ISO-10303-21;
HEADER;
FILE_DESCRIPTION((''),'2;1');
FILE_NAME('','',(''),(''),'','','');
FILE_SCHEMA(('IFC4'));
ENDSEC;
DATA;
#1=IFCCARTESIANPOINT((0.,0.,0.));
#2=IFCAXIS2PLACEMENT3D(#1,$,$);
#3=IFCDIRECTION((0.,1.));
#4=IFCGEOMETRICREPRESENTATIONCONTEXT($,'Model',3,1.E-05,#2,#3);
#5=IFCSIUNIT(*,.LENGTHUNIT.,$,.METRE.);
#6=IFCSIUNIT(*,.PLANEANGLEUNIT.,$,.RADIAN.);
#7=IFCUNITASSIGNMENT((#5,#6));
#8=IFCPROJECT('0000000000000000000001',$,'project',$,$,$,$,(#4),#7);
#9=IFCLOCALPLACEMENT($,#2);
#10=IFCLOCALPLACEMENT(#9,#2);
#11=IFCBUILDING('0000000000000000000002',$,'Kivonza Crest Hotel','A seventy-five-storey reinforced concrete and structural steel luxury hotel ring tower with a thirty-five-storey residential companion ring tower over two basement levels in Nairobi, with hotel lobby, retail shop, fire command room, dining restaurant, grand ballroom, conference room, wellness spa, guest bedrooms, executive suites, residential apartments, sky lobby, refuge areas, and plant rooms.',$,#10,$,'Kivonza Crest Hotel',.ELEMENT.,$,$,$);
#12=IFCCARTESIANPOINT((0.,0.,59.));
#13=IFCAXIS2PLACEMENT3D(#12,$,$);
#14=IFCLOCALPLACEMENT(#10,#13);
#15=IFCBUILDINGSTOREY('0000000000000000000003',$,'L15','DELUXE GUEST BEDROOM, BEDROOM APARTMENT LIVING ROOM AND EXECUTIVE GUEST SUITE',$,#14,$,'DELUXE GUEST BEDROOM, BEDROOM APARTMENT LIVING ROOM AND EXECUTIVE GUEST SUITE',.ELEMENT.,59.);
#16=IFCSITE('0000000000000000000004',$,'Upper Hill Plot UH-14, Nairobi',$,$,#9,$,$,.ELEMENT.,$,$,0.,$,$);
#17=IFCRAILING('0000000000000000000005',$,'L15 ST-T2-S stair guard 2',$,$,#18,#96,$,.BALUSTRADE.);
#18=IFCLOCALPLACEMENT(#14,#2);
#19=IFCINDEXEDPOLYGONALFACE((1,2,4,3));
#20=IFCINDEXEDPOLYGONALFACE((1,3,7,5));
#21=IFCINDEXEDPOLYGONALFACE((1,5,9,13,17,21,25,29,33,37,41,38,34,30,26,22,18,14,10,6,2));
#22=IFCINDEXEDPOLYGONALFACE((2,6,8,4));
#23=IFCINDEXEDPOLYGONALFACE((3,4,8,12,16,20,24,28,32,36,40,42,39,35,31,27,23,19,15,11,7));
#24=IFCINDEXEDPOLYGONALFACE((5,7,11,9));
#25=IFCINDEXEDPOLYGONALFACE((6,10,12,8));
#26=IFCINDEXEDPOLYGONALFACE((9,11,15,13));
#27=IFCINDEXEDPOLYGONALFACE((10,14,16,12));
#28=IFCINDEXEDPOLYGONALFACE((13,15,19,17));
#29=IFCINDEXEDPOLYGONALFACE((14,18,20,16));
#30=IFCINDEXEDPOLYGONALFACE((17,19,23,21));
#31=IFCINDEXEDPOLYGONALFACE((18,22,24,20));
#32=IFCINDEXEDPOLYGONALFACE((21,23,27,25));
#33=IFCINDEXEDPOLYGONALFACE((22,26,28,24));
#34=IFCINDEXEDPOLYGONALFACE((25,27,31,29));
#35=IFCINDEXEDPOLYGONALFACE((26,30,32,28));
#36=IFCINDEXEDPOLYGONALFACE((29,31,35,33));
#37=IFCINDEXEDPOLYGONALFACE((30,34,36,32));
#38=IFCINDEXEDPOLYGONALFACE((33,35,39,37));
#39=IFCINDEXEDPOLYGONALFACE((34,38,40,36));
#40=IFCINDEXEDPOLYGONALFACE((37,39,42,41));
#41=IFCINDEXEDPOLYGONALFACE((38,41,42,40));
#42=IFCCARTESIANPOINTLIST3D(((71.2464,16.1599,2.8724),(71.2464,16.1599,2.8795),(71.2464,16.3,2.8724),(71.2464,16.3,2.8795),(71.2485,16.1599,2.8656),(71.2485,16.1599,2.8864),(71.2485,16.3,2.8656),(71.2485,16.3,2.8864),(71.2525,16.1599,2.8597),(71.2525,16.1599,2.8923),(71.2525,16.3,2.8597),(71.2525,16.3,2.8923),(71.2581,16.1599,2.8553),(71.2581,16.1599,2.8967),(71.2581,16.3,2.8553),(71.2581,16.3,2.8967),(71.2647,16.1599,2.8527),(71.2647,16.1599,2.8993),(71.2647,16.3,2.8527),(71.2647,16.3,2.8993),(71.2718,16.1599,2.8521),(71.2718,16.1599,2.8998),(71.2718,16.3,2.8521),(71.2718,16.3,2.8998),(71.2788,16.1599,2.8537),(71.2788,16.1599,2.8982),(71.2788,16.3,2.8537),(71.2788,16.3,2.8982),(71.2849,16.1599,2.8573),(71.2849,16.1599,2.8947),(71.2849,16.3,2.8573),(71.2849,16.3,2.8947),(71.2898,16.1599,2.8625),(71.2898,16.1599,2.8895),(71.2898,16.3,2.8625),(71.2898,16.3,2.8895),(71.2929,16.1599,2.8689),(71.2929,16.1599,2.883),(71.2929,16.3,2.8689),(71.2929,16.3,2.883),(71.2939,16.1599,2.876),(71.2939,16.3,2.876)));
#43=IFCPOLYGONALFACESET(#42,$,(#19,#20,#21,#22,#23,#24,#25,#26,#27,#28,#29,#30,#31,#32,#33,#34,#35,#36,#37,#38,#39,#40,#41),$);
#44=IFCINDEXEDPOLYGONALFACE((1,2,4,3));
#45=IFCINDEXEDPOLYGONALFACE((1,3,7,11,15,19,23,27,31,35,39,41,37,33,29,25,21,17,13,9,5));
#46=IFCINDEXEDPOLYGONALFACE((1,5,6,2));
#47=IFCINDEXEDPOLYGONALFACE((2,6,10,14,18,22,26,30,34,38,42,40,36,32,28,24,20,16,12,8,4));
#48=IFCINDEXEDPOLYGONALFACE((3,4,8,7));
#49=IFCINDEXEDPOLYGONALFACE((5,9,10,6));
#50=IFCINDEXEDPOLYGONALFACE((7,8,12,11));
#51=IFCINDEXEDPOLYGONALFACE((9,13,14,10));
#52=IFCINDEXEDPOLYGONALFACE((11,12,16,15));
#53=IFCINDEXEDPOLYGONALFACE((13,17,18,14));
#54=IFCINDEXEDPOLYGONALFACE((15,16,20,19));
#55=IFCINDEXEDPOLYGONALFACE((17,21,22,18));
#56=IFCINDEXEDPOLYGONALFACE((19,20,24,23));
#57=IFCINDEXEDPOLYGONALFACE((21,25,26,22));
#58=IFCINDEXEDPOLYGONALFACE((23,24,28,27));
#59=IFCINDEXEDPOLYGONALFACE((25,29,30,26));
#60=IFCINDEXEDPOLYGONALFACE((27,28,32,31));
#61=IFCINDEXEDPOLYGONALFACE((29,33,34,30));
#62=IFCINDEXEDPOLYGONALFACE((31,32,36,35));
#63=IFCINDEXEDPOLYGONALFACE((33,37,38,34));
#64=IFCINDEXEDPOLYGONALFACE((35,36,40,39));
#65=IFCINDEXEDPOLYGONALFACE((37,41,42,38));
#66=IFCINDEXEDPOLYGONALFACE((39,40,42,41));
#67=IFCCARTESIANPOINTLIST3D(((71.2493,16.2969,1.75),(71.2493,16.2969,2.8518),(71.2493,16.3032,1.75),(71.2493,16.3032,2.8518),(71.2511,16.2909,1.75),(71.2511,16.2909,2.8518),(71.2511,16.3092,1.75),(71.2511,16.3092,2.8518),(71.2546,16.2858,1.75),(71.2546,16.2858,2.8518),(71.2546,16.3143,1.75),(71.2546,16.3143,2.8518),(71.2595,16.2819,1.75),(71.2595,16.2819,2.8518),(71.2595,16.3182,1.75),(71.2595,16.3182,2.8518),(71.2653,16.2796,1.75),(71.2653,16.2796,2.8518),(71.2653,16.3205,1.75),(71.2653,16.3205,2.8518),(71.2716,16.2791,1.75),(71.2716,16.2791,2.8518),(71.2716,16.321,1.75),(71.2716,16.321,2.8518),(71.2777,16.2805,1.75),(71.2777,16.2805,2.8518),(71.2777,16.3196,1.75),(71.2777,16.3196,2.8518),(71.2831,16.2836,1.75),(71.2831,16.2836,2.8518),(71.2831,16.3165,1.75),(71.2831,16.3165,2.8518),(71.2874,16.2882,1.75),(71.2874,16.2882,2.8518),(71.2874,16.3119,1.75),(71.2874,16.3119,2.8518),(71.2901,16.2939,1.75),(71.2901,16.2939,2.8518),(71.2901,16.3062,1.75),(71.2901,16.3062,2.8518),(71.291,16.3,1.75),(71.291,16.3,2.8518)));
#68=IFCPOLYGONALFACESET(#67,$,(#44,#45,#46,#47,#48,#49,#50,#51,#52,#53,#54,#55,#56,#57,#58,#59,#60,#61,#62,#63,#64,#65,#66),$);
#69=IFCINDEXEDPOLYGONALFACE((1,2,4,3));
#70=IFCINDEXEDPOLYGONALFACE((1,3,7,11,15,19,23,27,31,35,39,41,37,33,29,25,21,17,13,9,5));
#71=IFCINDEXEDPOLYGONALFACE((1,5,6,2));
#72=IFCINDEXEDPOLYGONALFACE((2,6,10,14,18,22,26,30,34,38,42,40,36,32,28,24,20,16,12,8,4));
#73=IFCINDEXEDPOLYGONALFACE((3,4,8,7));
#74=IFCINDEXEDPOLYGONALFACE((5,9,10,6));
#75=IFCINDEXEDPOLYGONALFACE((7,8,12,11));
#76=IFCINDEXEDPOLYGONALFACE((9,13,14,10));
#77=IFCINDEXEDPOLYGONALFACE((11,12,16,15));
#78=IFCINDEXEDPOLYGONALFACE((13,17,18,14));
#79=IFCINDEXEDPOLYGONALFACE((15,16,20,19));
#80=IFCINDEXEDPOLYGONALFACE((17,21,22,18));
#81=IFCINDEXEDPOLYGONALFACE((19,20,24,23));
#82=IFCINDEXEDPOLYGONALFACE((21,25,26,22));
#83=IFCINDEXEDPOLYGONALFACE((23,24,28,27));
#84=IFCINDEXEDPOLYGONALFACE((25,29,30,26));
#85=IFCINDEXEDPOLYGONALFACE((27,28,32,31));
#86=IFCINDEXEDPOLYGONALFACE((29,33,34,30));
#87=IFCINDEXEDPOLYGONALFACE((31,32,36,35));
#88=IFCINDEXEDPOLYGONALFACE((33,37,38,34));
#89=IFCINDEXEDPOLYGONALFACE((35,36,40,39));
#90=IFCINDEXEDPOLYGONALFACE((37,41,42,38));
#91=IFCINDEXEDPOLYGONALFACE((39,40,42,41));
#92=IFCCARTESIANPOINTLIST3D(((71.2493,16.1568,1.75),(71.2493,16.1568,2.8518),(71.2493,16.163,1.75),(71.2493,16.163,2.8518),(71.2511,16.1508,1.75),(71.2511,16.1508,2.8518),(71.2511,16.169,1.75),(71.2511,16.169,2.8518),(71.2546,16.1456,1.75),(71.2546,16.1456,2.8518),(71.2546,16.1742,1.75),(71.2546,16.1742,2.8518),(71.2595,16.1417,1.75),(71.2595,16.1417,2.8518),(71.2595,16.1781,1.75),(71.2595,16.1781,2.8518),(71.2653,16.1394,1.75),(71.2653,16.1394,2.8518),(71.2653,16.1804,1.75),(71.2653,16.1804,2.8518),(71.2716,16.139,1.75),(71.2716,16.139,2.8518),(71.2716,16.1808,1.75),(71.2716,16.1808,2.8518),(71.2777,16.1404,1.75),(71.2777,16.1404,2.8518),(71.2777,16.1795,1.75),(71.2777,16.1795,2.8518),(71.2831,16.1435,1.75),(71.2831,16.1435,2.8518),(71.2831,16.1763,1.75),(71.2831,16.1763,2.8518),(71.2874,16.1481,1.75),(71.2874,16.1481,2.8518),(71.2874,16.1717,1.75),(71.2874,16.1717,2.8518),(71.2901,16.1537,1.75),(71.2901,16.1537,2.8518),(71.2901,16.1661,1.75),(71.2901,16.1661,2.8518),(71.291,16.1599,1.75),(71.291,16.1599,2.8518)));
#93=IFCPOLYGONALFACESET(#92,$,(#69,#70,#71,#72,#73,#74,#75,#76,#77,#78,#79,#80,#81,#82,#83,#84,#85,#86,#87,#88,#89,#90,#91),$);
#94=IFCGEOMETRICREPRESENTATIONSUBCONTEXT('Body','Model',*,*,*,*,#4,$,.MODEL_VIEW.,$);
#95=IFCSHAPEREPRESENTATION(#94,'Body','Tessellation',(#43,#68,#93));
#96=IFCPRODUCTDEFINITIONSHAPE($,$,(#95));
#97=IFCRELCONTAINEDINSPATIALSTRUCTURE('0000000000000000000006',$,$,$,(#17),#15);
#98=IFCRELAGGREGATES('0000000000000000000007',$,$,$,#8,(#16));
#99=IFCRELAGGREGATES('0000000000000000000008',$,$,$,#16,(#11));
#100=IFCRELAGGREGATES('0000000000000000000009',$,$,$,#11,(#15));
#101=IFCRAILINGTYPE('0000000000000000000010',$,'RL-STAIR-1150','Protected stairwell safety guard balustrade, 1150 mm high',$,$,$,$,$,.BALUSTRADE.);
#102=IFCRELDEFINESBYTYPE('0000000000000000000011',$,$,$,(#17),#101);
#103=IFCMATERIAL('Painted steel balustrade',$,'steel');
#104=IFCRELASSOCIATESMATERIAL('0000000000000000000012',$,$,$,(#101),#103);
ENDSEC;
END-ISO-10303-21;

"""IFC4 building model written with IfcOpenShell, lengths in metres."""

from ifc_helpers import new_model, si_unit, direction, frame, origin, origin_2d, place, context, subcontext, project, spatial, circle, extrude, material, type_object, element, save


model = new_model("IFC4")

# Units and contexts
model_context = context("Model", 3, precision=1e-05, world=origin(), true_north=direction((0.0, 1.0)))
body_context = subcontext(model_context, "Body", "Model", "MODEL_VIEW")
ifc_project = project(units=[si_unit("LENGTHUNIT", "METRE"), si_unit("PLANEANGLEUNIT", "RADIAN")], contexts=[model_context])

# Site, building, storey
site_placement = place(None, origin())
site = spatial("IfcSite", under=ifc_project, at=site_placement, Name="Upper Hill Plot UH-14, Nairobi", CompositionType="ELEMENT", RefElevation=0.0)
building_placement = place(site_placement, origin())
building = spatial("IfcBuilding", under=site, at=building_placement, Name="Kivonza Crest Hotel", Description="A seventy-five-storey reinforced concrete and structural steel luxury hotel ring tower with a thirty-five-storey residential companion ring tower over two basement levels in Nairobi, with hotel lobby, retail shop, fire command room, dining restaurant, grand ballroom, conference room, wellness spa, guest bedrooms, executive suites, residential apartments, sky lobby, refuge areas, and plant rooms.", LongName="Kivonza Crest Hotel", CompositionType="ELEMENT")
storey_placement = place(building_placement, frame((0.0, 0.0, 59.0)))
storey = spatial("IfcBuildingStorey", under=building, at=storey_placement, Name="L15", Description="DELUXE GUEST BEDROOM, BEDROOM APARTMENT LIVING ROOM AND EXECUTIVE GUEST SUITE", LongName="DELUXE GUEST BEDROOM, BEDROOM APARTMENT LIVING ROOM AND EXECUTIVE GUEST SUITE", CompositionType="ELEMENT", Elevation=59.0)

# Railing
ifc_material_1 = material(Name="Painted steel balustrade", Category="steel")
railing_type_1 = type_object("IfcRailingType", Name="RL-STAIR-1150", Description="Protected stairwell safety guard balustrade, 1150 mm high", PredefinedType="BALUSTRADE", material=ifc_material_1)
railing_1_placement = place(storey_placement, frame((71.27, 16.3, 1.75)))
element("IfcRailing", 1, at=railing_1_placement, inside=storey, type_object=railing_type_1, Name="L15 ST-T2-S stair guard 2", PredefinedType="BALUSTRADE", context=body_context, shape_type="SweptSolid", body=[
    extrude(circle(Radius=0.0239, at=origin_2d()), frame((0.0, 0.0, 1.126), z_axis=(0.0, -1.0, 0.0), x_axis=(1.0, 0.0, 0.0)), (0.0, 0.0, 1.0), 0.1401),
    extrude(circle(Radius=0.021, at=origin_2d()), origin(), (0.0, 0.0, 1.0), 1.1018),
    extrude(circle(Radius=0.021, at=origin_2d()), frame((0.0, -0.1401, 0.0)), (0.0, 0.0, 1.0), 1.1018),
])

save(model, "model.ifc")
